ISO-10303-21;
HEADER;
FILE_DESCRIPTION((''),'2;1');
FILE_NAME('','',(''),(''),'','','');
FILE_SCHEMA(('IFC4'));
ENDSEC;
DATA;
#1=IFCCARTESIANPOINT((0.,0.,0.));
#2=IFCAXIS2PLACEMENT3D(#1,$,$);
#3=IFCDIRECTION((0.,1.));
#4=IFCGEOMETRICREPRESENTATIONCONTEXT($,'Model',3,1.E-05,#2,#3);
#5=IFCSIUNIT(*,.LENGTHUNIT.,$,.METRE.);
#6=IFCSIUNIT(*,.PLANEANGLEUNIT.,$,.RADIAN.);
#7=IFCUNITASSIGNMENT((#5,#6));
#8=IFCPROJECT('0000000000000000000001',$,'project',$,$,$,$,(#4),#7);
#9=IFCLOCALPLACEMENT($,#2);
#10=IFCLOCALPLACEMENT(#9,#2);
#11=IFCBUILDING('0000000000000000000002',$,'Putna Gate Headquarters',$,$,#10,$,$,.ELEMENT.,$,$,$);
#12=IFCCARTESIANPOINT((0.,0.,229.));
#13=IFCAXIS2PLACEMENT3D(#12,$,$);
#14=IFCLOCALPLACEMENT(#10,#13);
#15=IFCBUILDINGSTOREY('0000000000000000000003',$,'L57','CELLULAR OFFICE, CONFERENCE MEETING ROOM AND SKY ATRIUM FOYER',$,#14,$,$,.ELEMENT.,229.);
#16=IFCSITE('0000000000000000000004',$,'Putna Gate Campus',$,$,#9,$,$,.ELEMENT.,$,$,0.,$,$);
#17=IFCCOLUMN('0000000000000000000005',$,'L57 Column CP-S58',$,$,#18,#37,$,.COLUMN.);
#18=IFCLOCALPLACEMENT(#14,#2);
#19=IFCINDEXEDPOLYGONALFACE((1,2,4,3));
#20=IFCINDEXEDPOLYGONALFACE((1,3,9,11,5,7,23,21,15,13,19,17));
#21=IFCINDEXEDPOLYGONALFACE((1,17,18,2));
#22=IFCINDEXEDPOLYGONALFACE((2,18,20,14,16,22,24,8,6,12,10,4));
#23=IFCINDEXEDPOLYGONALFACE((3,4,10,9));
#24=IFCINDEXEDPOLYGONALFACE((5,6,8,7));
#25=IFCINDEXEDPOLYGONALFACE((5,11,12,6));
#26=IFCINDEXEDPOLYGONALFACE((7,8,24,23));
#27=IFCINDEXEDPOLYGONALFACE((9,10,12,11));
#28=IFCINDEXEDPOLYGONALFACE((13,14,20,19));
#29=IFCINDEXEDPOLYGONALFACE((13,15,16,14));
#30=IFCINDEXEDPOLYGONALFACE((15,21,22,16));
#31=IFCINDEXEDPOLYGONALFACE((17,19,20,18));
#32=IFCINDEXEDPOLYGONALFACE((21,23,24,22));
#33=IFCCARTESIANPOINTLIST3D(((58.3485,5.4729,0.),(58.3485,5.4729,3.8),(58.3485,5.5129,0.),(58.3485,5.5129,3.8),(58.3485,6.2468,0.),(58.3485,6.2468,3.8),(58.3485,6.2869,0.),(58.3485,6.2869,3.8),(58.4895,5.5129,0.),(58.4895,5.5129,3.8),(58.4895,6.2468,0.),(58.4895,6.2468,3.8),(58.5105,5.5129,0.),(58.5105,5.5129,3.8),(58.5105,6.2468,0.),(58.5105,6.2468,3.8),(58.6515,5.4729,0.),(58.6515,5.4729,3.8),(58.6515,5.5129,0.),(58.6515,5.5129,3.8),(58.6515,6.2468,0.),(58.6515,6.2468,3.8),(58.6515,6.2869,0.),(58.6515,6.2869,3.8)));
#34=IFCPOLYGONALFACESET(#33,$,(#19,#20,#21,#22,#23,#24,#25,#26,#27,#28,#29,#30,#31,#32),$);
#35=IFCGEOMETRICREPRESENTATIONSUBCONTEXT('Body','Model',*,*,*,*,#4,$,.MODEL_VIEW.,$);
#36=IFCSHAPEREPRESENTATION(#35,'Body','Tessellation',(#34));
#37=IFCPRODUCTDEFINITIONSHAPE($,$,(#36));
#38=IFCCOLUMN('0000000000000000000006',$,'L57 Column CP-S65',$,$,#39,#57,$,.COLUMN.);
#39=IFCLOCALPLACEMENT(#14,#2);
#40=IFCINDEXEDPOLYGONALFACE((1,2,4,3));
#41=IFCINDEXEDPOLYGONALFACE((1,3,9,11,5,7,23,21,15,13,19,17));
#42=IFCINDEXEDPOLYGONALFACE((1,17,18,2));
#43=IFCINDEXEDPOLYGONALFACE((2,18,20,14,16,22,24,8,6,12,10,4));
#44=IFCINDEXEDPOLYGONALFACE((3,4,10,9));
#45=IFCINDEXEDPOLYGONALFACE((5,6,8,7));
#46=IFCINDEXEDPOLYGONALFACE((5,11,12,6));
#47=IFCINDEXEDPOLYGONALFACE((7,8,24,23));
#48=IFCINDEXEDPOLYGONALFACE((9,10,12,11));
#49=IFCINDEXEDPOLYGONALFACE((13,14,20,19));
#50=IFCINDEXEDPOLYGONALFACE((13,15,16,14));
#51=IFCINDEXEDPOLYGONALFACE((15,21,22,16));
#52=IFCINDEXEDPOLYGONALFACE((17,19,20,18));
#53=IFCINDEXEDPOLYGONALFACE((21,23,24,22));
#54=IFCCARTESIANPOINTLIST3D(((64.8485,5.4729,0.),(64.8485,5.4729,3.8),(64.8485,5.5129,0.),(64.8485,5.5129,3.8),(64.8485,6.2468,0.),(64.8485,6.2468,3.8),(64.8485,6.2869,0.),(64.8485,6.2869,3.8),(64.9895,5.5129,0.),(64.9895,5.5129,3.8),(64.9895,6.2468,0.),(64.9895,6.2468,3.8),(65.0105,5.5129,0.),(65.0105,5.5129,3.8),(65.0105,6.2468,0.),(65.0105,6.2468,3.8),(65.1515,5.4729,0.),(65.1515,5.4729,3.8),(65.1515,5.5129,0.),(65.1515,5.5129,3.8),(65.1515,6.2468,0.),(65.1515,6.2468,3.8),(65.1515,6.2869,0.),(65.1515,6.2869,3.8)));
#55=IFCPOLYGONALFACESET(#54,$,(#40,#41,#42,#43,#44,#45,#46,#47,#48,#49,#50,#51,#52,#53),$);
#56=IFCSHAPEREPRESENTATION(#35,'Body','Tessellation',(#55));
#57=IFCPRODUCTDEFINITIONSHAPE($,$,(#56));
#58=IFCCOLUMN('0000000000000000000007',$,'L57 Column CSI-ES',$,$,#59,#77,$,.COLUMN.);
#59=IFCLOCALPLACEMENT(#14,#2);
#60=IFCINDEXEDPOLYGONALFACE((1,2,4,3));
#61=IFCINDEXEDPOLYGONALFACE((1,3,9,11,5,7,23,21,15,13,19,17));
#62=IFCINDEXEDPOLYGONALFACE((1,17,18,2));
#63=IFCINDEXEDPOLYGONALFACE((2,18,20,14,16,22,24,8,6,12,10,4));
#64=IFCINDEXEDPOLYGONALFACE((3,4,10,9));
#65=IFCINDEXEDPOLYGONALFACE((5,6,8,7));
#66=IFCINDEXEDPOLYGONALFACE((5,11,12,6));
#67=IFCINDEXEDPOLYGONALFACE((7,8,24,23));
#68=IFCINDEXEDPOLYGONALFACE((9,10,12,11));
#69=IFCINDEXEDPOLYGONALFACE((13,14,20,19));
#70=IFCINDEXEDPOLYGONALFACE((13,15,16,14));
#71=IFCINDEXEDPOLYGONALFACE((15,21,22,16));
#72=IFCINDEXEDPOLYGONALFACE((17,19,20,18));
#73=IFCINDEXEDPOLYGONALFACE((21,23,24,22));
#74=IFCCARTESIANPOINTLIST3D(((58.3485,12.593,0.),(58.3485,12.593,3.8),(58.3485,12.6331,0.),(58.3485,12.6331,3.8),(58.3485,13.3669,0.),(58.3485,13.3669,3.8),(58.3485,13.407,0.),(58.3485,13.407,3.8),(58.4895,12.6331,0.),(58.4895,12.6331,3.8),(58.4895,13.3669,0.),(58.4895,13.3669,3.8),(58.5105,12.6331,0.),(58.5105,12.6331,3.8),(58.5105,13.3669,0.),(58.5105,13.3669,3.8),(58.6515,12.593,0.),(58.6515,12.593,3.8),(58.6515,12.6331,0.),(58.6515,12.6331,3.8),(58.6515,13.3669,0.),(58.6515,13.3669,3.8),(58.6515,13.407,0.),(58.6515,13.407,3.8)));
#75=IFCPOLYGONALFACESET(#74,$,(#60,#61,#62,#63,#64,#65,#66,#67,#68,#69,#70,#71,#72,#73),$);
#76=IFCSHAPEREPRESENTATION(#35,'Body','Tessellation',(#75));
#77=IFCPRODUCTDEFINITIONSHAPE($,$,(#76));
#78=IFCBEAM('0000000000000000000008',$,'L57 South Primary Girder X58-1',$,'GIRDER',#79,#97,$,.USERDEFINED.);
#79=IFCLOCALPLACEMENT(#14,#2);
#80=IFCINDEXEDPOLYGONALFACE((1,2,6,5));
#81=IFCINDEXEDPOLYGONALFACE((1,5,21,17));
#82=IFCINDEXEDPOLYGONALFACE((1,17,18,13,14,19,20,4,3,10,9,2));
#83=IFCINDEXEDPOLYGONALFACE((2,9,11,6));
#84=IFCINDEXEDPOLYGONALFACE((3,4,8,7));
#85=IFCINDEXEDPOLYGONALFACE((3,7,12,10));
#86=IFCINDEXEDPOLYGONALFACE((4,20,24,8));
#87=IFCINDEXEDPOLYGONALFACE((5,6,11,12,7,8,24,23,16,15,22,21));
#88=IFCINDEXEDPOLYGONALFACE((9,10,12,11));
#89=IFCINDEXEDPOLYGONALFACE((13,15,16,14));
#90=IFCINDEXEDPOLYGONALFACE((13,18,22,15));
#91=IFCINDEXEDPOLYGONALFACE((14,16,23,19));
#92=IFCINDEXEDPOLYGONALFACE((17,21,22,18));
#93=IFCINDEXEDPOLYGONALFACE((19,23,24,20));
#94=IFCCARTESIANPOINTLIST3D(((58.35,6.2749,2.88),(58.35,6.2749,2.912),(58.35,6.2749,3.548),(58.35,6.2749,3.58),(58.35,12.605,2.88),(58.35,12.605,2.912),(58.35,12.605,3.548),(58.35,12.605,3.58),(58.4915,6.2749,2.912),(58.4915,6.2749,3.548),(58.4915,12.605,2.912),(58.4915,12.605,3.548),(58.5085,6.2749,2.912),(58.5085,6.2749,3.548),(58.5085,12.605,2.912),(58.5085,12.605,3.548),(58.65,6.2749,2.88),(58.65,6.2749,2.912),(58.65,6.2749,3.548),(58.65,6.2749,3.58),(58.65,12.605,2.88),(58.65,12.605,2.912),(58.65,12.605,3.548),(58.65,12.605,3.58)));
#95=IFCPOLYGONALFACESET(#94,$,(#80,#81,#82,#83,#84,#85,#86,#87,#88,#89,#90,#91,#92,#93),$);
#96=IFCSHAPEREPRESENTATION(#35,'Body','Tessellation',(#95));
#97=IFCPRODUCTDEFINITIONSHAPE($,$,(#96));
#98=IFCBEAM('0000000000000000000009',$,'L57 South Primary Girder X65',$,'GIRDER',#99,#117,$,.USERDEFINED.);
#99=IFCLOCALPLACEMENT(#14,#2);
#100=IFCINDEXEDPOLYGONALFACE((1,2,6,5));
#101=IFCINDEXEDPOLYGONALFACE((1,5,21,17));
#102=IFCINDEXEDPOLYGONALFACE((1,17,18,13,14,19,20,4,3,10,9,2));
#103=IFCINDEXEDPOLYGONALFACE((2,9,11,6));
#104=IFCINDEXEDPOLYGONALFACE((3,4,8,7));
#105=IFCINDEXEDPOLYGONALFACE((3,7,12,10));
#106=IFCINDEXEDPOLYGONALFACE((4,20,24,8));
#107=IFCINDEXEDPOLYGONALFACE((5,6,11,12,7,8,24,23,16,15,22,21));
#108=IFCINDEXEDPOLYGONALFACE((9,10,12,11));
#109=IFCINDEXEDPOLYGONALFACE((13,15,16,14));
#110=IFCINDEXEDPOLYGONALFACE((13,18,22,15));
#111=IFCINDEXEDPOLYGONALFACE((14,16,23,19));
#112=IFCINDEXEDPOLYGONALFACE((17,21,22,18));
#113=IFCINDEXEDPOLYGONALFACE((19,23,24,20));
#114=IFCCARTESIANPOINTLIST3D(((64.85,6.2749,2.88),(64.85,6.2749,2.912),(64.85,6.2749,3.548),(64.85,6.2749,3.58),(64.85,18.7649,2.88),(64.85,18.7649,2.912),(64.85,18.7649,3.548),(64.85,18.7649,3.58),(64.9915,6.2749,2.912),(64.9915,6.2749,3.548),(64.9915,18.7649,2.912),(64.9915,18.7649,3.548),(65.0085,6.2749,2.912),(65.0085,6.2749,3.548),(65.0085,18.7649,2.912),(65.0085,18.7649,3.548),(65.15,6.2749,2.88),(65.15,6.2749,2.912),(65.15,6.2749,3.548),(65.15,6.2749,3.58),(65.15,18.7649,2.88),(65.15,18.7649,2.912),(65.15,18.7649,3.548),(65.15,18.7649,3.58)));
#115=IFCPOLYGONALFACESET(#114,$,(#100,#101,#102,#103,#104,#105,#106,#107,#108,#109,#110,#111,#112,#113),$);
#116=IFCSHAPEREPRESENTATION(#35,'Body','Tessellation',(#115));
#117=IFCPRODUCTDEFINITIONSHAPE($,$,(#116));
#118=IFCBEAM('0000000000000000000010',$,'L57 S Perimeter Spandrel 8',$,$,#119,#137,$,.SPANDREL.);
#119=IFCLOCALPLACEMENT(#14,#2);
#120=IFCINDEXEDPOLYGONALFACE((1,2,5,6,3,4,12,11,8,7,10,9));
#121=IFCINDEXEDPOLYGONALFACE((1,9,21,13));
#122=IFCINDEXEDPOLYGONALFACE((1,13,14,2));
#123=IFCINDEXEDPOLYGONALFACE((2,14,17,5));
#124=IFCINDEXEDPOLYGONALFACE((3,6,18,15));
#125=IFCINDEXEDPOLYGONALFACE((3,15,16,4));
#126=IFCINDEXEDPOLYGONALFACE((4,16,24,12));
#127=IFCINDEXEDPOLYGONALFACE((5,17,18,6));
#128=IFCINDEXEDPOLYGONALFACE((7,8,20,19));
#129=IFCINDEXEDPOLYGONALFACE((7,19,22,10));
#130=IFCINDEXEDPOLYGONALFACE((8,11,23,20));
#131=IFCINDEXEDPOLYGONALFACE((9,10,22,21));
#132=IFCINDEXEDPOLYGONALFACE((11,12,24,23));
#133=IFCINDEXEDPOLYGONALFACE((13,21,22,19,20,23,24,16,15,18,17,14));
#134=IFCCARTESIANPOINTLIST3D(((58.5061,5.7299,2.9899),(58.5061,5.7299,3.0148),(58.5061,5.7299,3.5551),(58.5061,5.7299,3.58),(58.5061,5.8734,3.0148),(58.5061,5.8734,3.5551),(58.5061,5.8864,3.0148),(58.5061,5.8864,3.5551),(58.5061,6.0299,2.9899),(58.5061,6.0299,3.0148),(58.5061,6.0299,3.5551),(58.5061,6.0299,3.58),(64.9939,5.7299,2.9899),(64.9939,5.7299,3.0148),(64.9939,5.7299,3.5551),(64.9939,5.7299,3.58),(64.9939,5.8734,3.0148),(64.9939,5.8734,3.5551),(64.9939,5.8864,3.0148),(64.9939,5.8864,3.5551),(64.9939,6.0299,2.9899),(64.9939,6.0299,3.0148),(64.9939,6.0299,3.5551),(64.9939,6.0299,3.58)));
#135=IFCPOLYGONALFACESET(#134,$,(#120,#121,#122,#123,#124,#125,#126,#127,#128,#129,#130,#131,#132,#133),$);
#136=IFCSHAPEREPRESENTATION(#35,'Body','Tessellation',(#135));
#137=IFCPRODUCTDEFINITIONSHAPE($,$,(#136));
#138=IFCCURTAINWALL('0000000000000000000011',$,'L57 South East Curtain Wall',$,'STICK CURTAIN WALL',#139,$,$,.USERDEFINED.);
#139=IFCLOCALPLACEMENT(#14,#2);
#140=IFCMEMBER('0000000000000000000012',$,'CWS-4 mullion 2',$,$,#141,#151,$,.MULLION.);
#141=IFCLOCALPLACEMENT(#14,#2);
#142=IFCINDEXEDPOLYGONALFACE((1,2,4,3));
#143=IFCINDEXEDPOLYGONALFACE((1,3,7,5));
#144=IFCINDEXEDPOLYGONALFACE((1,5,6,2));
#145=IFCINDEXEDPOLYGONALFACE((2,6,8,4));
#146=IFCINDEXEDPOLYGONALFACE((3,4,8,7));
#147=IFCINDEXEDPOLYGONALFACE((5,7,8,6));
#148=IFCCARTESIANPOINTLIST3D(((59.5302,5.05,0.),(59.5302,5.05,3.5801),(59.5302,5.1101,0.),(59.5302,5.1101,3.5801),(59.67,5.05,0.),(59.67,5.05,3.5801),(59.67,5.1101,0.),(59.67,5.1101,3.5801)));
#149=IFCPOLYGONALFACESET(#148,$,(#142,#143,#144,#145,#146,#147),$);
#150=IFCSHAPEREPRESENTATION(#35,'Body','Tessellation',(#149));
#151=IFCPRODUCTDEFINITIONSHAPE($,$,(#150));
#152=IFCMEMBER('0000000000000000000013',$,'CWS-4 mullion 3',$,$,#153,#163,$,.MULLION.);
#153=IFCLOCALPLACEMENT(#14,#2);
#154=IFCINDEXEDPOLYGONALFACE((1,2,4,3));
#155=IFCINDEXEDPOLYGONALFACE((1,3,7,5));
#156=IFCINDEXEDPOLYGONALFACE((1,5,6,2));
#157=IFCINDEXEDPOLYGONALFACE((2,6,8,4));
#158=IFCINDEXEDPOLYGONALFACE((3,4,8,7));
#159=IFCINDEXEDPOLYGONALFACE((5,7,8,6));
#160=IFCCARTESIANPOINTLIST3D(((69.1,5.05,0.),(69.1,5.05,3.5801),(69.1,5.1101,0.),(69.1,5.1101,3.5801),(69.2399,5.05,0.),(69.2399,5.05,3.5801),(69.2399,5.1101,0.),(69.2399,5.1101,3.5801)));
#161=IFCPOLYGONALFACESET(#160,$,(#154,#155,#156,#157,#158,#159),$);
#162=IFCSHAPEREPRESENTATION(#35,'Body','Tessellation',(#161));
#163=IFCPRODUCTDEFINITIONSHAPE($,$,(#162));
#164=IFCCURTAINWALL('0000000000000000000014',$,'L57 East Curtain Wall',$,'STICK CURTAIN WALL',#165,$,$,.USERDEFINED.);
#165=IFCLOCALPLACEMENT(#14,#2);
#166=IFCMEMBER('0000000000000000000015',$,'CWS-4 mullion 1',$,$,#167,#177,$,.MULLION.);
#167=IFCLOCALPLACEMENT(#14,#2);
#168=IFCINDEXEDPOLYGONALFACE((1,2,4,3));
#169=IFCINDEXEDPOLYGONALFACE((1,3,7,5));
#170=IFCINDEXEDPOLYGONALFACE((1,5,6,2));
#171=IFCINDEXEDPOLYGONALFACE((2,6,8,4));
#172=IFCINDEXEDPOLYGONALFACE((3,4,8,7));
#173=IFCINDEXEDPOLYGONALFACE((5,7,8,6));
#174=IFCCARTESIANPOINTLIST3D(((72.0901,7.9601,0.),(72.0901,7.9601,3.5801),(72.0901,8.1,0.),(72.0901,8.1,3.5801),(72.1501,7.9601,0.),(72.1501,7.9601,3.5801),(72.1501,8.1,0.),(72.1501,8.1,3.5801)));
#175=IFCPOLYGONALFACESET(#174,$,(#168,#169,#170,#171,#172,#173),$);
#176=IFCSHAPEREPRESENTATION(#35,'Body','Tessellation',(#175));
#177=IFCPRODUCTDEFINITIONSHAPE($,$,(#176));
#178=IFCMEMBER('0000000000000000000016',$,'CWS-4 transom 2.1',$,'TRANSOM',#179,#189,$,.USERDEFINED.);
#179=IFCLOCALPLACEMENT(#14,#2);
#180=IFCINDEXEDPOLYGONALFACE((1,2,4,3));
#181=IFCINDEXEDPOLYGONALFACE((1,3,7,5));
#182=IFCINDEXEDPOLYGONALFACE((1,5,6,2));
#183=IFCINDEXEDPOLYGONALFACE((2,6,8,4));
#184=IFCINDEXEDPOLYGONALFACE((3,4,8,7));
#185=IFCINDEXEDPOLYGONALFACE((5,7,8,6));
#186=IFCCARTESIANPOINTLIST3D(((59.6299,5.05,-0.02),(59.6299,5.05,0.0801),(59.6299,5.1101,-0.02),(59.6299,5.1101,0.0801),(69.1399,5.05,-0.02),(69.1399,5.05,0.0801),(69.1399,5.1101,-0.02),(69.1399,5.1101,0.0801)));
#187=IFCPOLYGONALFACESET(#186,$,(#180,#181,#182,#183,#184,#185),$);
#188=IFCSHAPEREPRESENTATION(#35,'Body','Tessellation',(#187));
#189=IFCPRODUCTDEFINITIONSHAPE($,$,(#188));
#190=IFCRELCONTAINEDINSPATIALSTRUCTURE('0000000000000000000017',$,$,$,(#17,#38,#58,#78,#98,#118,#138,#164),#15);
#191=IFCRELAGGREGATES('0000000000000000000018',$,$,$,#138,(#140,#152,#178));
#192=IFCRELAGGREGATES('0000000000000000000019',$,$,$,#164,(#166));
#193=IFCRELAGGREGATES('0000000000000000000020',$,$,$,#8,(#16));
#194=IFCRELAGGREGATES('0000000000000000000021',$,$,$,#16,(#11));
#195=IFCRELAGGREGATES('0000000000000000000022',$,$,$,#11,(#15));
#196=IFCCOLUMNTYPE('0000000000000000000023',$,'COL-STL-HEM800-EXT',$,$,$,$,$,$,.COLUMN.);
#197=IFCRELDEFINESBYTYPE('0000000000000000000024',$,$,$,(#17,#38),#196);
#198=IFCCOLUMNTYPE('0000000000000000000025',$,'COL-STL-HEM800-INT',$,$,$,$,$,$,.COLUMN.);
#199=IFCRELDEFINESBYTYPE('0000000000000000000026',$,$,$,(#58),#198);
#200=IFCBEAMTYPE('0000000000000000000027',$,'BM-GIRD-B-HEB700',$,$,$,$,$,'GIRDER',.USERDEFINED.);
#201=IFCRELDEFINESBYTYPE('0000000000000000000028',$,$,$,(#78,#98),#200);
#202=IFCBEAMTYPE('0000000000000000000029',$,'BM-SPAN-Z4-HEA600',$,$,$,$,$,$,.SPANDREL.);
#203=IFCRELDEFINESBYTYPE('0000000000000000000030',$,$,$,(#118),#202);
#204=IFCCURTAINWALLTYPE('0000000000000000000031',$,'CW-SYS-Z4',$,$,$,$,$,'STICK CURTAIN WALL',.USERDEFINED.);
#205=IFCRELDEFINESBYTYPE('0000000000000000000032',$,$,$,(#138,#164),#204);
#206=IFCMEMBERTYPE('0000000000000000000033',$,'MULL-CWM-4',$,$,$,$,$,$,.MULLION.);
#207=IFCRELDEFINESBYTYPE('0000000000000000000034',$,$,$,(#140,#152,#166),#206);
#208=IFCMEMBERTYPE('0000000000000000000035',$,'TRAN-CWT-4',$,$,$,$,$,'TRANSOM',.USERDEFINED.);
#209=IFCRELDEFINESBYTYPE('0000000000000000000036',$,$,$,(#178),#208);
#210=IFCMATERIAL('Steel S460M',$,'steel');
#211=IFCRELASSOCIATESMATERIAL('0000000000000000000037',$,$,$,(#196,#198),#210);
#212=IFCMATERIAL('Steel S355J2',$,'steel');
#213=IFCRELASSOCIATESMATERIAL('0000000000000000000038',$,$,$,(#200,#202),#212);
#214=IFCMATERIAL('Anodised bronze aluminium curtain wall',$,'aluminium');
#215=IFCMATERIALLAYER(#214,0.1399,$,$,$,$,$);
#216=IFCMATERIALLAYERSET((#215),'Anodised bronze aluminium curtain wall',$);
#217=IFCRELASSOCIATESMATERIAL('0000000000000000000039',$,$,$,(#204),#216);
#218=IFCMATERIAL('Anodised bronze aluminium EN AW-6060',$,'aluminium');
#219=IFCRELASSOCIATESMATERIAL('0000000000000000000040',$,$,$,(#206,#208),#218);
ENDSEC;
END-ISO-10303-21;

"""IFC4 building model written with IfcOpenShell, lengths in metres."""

from ifc_helpers import new_model, si_unit, direction, frame, origin, origin_2d, place, context, subcontext, project, spatial, rectangle, i_section, extrude, material, layer, layer_set, material_profile, profile_set, type_object, element, aggregate, save


model = new_model("IFC4")

# Units and contexts
model_context = context("Model", 3, precision=1e-05, world=origin(), true_north=direction((0.0, 1.0)))
body_context = subcontext(model_context, "Body", "Model", "MODEL_VIEW")
ifc_project = project(units=[si_unit("LENGTHUNIT", "METRE"), si_unit("PLANEANGLEUNIT", "RADIAN")], contexts=[model_context])

# Site, building, storey
site_placement = place(None, origin())
site = spatial("IfcSite", under=ifc_project, at=site_placement, Name="Putna Gate Campus", CompositionType="ELEMENT", RefElevation=0.0)
building_placement = place(site_placement, origin())
building = spatial("IfcBuilding", under=site, at=building_placement, Name="Putna Gate Headquarters", CompositionType="ELEMENT")
storey_placement = place(building_placement, frame((0.0, 0.0, 229.0)))
storey = spatial("IfcBuildingStorey", under=building, at=storey_placement, Name="L57", Description="CELLULAR OFFICE, CONFERENCE MEETING ROOM AND SKY ATRIUM FOYER", CompositionType="ELEMENT", Elevation=229.0)

# Columns
ifc_material_1 = material(Name="Steel S460M", Category="steel")
ifc_material_profile_1 = material_profile(ifc_material_1, i_section(OverallWidth=0.303, OverallDepth=0.814, WebThickness=0.021, FlangeThickness=0.04, at=origin_2d()), Name="Steel S460M")
ifc_profile_set_1 = profile_set([ifc_material_profile_1], Name="Steel S460M")
column_type_1 = type_object("IfcColumnType", Name="COL-STL-HEM800-EXT", PredefinedType="COLUMN", material=ifc_profile_set_1)
for number, where, z_axis, x_axis, name in (
    (1, (58.5, 5.8799, 0.0), (0.0, 0.0, 1.0), (1.0, 0.0, 0.0), "L57 Column CP-S58"),
    (2, (65.0, 5.8799, 0.0), (0.0, 0.0, 1.0), (1.0, 0.0, 0.0), "L57 Column CP-S65"),
):
    element("IfcColumn", number, at=place(storey_placement, frame(where, z_axis=z_axis, x_axis=x_axis)), inside=storey, type_object=column_type_1, Name=name, PredefinedType="COLUMN", context=body_context, shape_type="SweptSolid", body=[
        extrude(i_section(OverallWidth=0.303, OverallDepth=0.814, WebThickness=0.021, FlangeThickness=0.04, at=origin_2d()), origin(), (0.0, 0.0, 1.0), 3.8),
    ])
ifc_material_profile_2 = material_profile(ifc_material_1, i_section(OverallWidth=0.303, OverallDepth=0.814, WebThickness=0.021, FlangeThickness=0.04, at=origin_2d()), Name="Steel S460M")
ifc_profile_set_2 = profile_set([ifc_material_profile_2], Name="Steel S460M")
column_type_2 = type_object("IfcColumnType", Name="COL-STL-HEM800-INT", PredefinedType="COLUMN", material=ifc_profile_set_2)
column_placement = place(storey_placement, frame((58.5, 13.0, 0.0), z_axis=(0.0, 0.0, 1.0), x_axis=(1.0, 0.0, 0.0)))
element("IfcColumn", 3, at=column_placement, inside=storey, type_object=column_type_2, Name="L57 Column CSI-ES", PredefinedType="COLUMN", context=body_context, shape_type="SweptSolid", body=[
    extrude(i_section(OverallWidth=0.303, OverallDepth=0.814, WebThickness=0.021, FlangeThickness=0.04, at=origin_2d()), origin(), (0.0, 0.0, 1.0), 3.8),
])

# Beams
ifc_material_2 = material(Name="Steel S355J2", Category="steel")
ifc_material_profile_3 = material_profile(ifc_material_2, i_section(OverallWidth=0.3, OverallDepth=0.7, WebThickness=0.0171, FlangeThickness=0.032, at=origin_2d()), Name="Steel S355J2")
ifc_profile_set_3 = profile_set([ifc_material_profile_3], Name="Steel S355J2")
beam_type_1 = type_object("IfcBeamType", Name="BM-GIRD-B-HEB700", ElementType="GIRDER", PredefinedType="USERDEFINED", material=ifc_profile_set_3)
beam_1_placement = place(storey_placement, frame((58.5, 6.2749, 3.23), z_axis=(0.0, 1.0, 0.0), x_axis=(-1.0, 0.0, 0.0)))
element("IfcBeam", 4, at=beam_1_placement, inside=storey, type_object=beam_type_1, Name="L57 South Primary Girder X58-1", ObjectType="GIRDER", PredefinedType="USERDEFINED", context=body_context, shape_type="SweptSolid", body=[
    extrude(i_section(OverallWidth=0.3, OverallDepth=0.7, WebThickness=0.0171, FlangeThickness=0.032, at=origin_2d()), origin(), (0.0, 0.0, 1.0), 6.3301),
])
beam_2_placement = place(storey_placement, frame((65.0, 6.2749, 3.23), z_axis=(0.0, 1.0, 0.0), x_axis=(-1.0, 0.0, 0.0)))
element("IfcBeam", 5, at=beam_2_placement, inside=storey, type_object=beam_type_1, Name="L57 South Primary Girder X65", ObjectType="GIRDER", PredefinedType="USERDEFINED", context=body_context, shape_type="SweptSolid", body=[
    extrude(i_section(OverallWidth=0.3, OverallDepth=0.7, WebThickness=0.0171, FlangeThickness=0.032, at=origin_2d()), origin(), (0.0, 0.0, 1.0), 12.49),
])
ifc_material_profile_4 = material_profile(ifc_material_2, i_section(OverallWidth=0.3, OverallDepth=0.5901, WebThickness=0.0129, FlangeThickness=0.0249, at=origin_2d()), Name="Steel S355J2")
ifc_profile_set_4 = profile_set([ifc_material_profile_4], Name="Steel S355J2")
beam_type_2 = type_object("IfcBeamType", Name="BM-SPAN-Z4-HEA600", PredefinedType="SPANDREL", material=ifc_profile_set_4)
beam_3_placement = place(storey_placement, frame((58.5061, 5.8799, 3.2849), z_axis=(1.0, 0.0, 0.0), x_axis=(0.0, 1.0, 0.0)))
element("IfcBeam", 6, at=beam_3_placement, inside=storey, type_object=beam_type_2, Name="L57 S Perimeter Spandrel 8", PredefinedType="SPANDREL", context=body_context, shape_type="SweptSolid", body=[
    extrude(i_section(OverallWidth=0.3, OverallDepth=0.5901, WebThickness=0.0129, FlangeThickness=0.0249, at=origin_2d()), origin(), (0.0, 0.0, 1.0), 6.4878),
])

# Curtain wall, members
ifc_material_3 = material(Name="Anodised bronze aluminium curtain wall", Category="aluminium")
ifc_layer_1 = layer(ifc_material_3, 0.1399)
ifc_layer_set_1 = layer_set([ifc_layer_1], Name="Anodised bronze aluminium curtain wall")
curtain_wall_type = type_object("IfcCurtainWallType", Name="CW-SYS-Z4", ElementType="STICK CURTAIN WALL", PredefinedType="USERDEFINED", material=ifc_layer_set_1)
curtain_wall_1_placement = place(storey_placement, origin())
curtain_wall_1 = element("IfcCurtainWall", 7, at=curtain_wall_1_placement, inside=storey, type_object=curtain_wall_type, Name="L57 South East Curtain Wall", ObjectType="STICK CURTAIN WALL", PredefinedType="USERDEFINED")
ifc_material_4 = material(Name="Anodised bronze aluminium EN AW-6060", Category="aluminium")
ifc_material_profile_5 = material_profile(ifc_material_4, rectangle(XDim=0.0601, YDim=0.1399, at=origin_2d()), Name="Anodised bronze aluminium EN AW-6060")
ifc_profile_set_5 = profile_set([ifc_material_profile_5], Name="Anodised bronze aluminium EN AW-6060")
member_type_1 = type_object("IfcMemberType", Name="MULL-CWM-4", PredefinedType="MULLION", material=ifc_profile_set_5)
member_1_placement = place(storey_placement, frame((59.6001, 5.0801, 0.0), z_axis=(0.0, 0.0, 1.0), x_axis=(0.0, 1.0, 0.0)))
member_1 = element("IfcMember", 8, at=member_1_placement, type_object=member_type_1, Name="CWS-4 mullion 2", PredefinedType="MULLION", context=body_context, shape_type="SweptSolid", body=[
    extrude(rectangle(XDim=0.0601, YDim=0.1399, at=origin_2d()), origin(), (0.0, 0.0, 1.0), 3.5801),
])
member_2_placement = place(storey_placement, frame((69.1699, 5.0801, 0.0), z_axis=(0.0, 0.0, 1.0), x_axis=(0.0, 1.0, 0.0)))
member_2 = element("IfcMember", 9, at=member_2_placement, type_object=member_type_1, Name="CWS-4 mullion 3", PredefinedType="MULLION", context=body_context, shape_type="SweptSolid", body=[
    extrude(rectangle(XDim=0.0601, YDim=0.1399, at=origin_2d()), origin(), (0.0, 0.0, 1.0), 3.5801),
])

# Curtain wall, member
curtain_wall_2_placement = place(storey_placement, origin())
curtain_wall_2 = element("IfcCurtainWall", 10, at=curtain_wall_2_placement, inside=storey, type_object=curtain_wall_type, Name="L57 East Curtain Wall", ObjectType="STICK CURTAIN WALL", PredefinedType="USERDEFINED")
member_3_placement = place(storey_placement, frame((72.1201, 8.03, 0.0), z_axis=(0.0, 0.0, 1.0), x_axis=(-1.0, 0.0, 0.0)))
member_3 = element("IfcMember", 11, at=member_3_placement, type_object=member_type_1, Name="CWS-4 mullion 1", PredefinedType="MULLION", context=body_context, shape_type="SweptSolid", body=[
    extrude(rectangle(XDim=0.0601, YDim=0.1399, at=origin_2d()), origin(), (0.0, 0.0, 1.0), 3.5801),
])

# Member
ifc_material_profile_6 = material_profile(ifc_material_4, rectangle(XDim=0.0601, YDim=0.1001, at=origin_2d()), Name="Anodised bronze aluminium EN AW-6060")
ifc_profile_set_6 = profile_set([ifc_material_profile_6], Name="Anodised bronze aluminium EN AW-6060")
member_type_2 = type_object("IfcMemberType", Name="TRAN-CWT-4", ElementType="TRANSOM", PredefinedType="USERDEFINED", material=ifc_profile_set_6)
member_4_placement = place(storey_placement, frame((59.6299, 5.0801, 0.03), z_axis=(1.0, 0.0, 0.0), x_axis=(0.0, 1.0, 0.0)))
member_4 = element("IfcMember", 12, at=member_4_placement, type_object=member_type_2, Name="CWS-4 transom 2.1", ObjectType="TRANSOM", PredefinedType="USERDEFINED", context=body_context, shape_type="SweptSolid", body=[
    extrude(rectangle(XDim=0.0601, YDim=0.1001, at=origin_2d()), origin(), (0.0, 0.0, 1.0), 9.51),
])

aggregate(curtain_wall_1, [member_1, member_2, member_4])
aggregate(curtain_wall_2, [member_3])

save(model, "model.ifc")
